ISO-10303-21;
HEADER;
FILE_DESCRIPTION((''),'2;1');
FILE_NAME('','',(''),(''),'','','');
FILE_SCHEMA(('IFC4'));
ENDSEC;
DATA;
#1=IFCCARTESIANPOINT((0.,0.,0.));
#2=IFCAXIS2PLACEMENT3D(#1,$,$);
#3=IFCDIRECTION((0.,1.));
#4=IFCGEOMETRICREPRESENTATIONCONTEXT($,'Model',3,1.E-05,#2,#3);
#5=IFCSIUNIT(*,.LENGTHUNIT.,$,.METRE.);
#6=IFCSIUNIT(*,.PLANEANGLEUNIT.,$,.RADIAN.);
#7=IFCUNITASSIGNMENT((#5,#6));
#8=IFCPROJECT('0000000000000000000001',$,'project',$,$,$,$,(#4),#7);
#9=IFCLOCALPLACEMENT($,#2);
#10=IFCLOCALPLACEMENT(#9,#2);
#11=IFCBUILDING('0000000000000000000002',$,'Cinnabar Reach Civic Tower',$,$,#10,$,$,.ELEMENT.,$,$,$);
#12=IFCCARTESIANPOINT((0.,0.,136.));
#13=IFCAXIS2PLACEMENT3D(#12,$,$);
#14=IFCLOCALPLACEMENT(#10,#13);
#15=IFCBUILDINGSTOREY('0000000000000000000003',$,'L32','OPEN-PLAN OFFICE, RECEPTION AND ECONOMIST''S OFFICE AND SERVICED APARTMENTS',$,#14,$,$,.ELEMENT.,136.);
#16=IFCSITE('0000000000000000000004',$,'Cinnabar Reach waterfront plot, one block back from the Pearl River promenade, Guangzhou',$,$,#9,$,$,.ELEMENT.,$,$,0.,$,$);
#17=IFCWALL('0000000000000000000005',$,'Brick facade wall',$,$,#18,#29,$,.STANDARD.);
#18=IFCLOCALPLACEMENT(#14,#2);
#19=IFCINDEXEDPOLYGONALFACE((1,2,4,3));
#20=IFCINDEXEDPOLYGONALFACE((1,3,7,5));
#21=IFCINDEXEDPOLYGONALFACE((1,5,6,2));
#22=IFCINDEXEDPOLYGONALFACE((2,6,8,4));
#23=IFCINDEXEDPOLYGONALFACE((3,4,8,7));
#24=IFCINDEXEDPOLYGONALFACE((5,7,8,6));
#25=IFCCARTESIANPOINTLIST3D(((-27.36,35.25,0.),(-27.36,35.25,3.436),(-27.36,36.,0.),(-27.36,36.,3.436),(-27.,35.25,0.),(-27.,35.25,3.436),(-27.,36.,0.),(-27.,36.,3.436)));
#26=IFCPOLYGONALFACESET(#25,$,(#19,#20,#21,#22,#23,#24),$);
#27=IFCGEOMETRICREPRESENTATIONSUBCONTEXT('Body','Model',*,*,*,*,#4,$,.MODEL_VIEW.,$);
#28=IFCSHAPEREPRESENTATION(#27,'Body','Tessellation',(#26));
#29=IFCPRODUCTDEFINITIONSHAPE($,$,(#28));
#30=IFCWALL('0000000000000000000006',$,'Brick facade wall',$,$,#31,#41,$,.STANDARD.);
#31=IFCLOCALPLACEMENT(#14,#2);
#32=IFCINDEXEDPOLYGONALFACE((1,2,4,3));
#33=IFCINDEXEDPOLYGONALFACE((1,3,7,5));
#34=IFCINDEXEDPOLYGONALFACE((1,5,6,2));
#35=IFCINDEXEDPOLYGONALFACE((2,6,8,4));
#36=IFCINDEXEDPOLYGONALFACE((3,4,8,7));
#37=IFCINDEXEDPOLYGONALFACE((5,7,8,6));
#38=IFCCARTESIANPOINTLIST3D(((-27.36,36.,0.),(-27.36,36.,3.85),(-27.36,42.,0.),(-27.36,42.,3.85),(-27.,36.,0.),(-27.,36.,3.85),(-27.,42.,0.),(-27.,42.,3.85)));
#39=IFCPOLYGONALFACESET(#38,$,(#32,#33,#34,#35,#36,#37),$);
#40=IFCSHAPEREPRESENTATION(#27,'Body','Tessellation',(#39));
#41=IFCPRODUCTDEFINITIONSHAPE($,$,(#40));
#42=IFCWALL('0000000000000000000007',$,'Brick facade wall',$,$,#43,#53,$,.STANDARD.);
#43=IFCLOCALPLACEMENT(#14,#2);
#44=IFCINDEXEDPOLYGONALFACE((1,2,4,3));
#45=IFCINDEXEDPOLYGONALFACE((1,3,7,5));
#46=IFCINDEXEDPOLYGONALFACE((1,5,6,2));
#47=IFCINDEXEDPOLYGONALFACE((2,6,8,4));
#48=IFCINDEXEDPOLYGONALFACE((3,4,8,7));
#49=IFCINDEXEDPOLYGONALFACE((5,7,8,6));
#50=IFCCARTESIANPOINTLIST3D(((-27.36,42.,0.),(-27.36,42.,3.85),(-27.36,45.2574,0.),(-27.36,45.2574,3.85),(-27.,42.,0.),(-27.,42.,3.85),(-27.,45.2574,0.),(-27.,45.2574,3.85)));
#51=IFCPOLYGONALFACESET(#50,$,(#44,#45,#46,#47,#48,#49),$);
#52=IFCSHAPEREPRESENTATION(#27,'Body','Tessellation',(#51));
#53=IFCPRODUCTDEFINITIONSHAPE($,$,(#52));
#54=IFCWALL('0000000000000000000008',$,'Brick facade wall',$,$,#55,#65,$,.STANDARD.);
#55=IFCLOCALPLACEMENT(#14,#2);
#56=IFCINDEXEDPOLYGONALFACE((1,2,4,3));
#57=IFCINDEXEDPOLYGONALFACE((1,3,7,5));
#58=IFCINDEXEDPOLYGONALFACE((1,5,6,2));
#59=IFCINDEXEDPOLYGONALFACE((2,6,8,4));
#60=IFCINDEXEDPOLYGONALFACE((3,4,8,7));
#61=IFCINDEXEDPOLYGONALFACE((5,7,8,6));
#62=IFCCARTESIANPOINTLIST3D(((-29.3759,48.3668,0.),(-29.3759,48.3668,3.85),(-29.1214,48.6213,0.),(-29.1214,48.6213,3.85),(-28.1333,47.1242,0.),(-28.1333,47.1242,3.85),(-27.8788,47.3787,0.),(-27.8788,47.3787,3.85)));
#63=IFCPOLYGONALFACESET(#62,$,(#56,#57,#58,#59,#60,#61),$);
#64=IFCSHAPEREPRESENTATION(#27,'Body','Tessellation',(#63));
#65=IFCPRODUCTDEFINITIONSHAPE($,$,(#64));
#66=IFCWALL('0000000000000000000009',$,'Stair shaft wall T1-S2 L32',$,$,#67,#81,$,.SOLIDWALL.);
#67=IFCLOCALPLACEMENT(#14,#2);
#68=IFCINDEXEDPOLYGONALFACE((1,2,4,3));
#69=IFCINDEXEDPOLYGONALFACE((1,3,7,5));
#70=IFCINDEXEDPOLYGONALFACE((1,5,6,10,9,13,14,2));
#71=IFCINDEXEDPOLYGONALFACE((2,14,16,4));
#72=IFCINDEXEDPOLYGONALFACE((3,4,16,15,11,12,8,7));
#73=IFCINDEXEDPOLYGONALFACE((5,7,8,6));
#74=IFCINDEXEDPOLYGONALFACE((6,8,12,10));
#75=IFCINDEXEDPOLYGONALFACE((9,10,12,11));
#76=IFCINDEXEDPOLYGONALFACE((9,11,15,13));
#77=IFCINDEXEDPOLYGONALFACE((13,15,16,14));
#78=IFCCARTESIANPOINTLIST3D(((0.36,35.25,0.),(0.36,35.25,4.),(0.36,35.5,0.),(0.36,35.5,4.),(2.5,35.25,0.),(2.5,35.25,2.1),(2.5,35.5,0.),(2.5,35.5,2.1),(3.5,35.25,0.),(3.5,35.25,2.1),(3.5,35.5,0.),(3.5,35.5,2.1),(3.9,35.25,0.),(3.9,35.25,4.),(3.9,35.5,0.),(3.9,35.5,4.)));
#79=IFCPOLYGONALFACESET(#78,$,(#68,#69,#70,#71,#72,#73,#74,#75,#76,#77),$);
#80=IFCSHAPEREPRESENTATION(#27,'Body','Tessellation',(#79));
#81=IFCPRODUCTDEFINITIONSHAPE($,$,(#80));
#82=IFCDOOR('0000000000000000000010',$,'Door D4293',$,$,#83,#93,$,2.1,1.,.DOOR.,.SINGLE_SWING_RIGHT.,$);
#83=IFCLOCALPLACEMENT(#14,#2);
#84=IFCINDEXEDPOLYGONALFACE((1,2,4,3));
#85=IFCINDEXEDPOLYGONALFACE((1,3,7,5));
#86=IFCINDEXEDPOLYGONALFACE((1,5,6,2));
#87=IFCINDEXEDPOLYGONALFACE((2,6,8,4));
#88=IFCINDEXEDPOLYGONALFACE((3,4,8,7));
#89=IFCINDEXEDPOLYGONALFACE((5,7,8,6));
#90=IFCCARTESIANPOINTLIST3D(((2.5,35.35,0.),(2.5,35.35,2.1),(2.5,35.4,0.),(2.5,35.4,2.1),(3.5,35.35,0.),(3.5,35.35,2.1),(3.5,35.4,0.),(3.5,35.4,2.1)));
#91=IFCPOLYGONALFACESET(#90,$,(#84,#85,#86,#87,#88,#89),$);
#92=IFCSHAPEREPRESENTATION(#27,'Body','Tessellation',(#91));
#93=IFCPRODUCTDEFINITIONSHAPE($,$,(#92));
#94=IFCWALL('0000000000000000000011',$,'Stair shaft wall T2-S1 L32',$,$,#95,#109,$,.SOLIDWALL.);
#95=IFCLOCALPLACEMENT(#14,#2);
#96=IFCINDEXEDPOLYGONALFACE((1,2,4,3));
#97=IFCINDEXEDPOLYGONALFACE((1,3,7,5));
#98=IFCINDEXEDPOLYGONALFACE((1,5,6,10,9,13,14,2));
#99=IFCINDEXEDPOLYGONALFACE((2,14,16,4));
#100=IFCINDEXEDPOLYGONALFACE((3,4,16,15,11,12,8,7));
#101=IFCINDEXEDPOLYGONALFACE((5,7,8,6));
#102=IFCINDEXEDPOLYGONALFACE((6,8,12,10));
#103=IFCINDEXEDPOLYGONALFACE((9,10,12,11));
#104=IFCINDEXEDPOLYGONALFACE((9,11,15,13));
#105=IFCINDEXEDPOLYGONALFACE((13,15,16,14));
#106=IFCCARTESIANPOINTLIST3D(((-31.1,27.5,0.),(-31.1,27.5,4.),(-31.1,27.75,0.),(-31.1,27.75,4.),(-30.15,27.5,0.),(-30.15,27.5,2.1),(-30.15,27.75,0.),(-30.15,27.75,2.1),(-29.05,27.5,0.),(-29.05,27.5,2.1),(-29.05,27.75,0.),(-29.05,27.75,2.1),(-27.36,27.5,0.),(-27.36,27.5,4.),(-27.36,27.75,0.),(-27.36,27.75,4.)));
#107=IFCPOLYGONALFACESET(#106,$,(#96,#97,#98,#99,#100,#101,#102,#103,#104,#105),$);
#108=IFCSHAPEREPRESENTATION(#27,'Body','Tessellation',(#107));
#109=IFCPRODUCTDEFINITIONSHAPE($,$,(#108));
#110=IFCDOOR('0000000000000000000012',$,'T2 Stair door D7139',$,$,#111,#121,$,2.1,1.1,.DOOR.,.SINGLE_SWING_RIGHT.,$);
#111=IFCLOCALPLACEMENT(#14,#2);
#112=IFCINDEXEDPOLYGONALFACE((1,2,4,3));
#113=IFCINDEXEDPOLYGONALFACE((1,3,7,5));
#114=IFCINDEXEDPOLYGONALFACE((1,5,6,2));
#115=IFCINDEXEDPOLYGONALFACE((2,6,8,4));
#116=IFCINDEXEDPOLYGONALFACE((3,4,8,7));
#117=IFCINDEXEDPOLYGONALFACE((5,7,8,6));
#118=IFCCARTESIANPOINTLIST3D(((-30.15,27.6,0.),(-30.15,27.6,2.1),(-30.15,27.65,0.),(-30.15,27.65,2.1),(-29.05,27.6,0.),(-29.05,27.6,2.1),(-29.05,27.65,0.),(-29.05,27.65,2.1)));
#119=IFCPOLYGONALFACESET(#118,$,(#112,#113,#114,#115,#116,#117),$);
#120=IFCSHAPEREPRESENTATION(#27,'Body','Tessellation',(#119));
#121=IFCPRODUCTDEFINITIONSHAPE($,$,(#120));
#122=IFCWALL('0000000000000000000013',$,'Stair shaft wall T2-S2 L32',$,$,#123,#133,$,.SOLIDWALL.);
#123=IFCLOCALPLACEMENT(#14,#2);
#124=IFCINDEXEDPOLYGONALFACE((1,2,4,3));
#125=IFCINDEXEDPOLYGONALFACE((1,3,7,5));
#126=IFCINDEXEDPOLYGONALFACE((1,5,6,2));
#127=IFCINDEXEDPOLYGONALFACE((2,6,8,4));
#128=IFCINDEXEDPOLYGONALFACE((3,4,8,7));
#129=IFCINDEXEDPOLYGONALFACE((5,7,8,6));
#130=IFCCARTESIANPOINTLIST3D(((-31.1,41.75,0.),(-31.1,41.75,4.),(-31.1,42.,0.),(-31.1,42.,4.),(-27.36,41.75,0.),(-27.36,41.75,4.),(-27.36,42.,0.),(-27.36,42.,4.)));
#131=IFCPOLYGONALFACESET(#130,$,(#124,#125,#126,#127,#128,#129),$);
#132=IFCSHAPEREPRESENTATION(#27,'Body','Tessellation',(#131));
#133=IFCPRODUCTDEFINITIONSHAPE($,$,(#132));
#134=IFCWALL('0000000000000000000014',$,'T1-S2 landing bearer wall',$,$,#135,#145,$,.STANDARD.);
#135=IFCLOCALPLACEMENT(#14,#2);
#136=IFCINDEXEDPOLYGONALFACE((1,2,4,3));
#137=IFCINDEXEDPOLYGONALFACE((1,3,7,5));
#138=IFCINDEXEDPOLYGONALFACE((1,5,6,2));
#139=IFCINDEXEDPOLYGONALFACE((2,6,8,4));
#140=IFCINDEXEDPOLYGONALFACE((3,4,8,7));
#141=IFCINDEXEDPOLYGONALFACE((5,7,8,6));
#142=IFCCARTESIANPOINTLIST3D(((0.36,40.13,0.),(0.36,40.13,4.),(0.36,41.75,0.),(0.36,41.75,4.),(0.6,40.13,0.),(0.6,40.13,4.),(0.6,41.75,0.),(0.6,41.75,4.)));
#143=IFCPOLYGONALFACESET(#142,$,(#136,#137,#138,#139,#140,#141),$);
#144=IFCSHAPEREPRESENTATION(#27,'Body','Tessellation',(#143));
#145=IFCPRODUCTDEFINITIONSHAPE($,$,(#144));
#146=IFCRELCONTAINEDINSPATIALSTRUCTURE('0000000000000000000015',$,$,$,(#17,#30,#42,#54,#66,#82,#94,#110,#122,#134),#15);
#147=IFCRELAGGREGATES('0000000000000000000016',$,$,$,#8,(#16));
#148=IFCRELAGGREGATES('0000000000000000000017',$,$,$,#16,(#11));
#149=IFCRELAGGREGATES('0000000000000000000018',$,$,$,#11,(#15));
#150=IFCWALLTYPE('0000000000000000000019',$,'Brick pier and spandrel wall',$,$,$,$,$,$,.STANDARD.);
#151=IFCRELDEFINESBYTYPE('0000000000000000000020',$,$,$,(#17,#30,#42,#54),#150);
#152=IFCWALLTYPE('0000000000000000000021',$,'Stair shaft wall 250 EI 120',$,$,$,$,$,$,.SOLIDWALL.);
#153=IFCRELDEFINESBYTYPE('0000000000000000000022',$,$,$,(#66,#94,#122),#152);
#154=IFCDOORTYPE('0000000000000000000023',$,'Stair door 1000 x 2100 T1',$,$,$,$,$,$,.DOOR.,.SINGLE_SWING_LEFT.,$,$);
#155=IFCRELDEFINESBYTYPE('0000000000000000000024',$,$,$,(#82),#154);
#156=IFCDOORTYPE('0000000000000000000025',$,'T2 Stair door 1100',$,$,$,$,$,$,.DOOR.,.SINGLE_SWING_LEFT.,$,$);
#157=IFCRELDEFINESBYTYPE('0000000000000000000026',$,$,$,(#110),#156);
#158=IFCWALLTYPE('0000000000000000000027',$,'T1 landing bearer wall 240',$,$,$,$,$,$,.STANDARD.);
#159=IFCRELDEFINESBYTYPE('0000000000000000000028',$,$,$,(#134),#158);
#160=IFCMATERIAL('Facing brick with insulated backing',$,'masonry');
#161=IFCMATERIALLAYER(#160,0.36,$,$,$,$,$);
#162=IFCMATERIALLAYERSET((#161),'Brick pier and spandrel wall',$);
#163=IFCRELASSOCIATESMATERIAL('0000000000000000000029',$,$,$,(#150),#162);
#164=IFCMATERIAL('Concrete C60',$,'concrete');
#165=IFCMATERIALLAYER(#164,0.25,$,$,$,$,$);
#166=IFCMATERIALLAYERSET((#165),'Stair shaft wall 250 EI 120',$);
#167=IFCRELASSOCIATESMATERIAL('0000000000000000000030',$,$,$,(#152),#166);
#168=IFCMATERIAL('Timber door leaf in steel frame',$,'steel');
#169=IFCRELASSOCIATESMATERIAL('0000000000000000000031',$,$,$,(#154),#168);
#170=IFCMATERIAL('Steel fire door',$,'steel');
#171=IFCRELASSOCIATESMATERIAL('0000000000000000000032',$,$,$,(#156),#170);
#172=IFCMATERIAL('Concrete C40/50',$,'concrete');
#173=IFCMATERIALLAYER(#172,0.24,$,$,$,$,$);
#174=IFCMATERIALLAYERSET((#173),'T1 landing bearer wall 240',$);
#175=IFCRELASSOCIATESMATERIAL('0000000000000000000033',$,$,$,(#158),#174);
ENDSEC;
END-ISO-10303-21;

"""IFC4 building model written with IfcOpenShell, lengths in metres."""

from ifc_helpers import new_model, si_unit, direction, frame, frame_2d, origin, place, context, subcontext, project, spatial, rectangle, extrude, material, layer, layer_set, type_object, element, fill, save


model = new_model("IFC4")

# Units and contexts
model_context = context("Model", 3, precision=1e-05, world=origin(), true_north=direction((0.0, 1.0)))
body_context = subcontext(model_context, "Body", "Model", "MODEL_VIEW")
ifc_project = project(units=[si_unit("LENGTHUNIT", "METRE"), si_unit("PLANEANGLEUNIT", "RADIAN")], contexts=[model_context])

# Site, building, storey
site_placement = place(None, origin())
site = spatial("IfcSite", under=ifc_project, at=site_placement, Name="Cinnabar Reach waterfront plot, one block back from the Pearl River promenade, Guangzhou", CompositionType="ELEMENT", RefElevation=0.0)
building_placement = place(site_placement, origin())
building = spatial("IfcBuilding", under=site, at=building_placement, Name="Cinnabar Reach Civic Tower", CompositionType="ELEMENT")
storey_placement = place(building_placement, frame((0.0, 0.0, 136.0)))
storey = spatial("IfcBuildingStorey", under=building, at=storey_placement, Name="L32", Description="OPEN-PLAN OFFICE, RECEPTION AND ECONOMIST'S OFFICE AND SERVICED APARTMENTS", CompositionType="ELEMENT", Elevation=136.0)

# Shared definitions
ifc_material_1 = material(Name="Concrete C60", Category="concrete")

# Shared definitions
ifc_material_2 = material(Name="Facing brick with insulated backing", Category="masonry")
ifc_layer_1 = layer(ifc_material_2, 0.36)
ifc_layer_set_1 = layer_set([ifc_layer_1], Name="Brick pier and spandrel wall")
wall_type_1 = type_object("IfcWallType", Name="Brick pier and spandrel wall", PredefinedType="STANDARD", material=ifc_layer_set_1)

# Walls
wall_1_placement = place(storey_placement, frame((-27.18, 35.25, 0.0), z_axis=(0.0, 0.0, 1.0), x_axis=(0.0, 1.0, 0.0)))
element("IfcWall", 1, at=wall_1_placement, inside=storey, type_object=wall_type_1, Name="Brick facade wall", PredefinedType="STANDARD", context=body_context, shape_type="SweptSolid", body=[
    extrude(rectangle(XDim=0.75, YDim=0.36, at=frame_2d((0.375, 0.0))), origin(), (0.0, 0.0, 1.0), 3.436),
])
wall_2_placement = place(storey_placement, frame((-27.18, 36.0, 0.0), z_axis=(0.0, 0.0, 1.0), x_axis=(0.0, 1.0, 0.0)))
element("IfcWall", 2, at=wall_2_placement, inside=storey, type_object=wall_type_1, Name="Brick facade wall", PredefinedType="STANDARD", context=body_context, shape_type="SweptSolid", body=[
    extrude(rectangle(XDim=6.0, YDim=0.36, at=frame_2d((3.0, 0.0))), origin(), (0.0, 0.0, 1.0), 3.85),
])
wall_3_placement = place(storey_placement, frame((-27.18, 42.0, 0.0), z_axis=(0.0, 0.0, 1.0), x_axis=(0.0, 1.0, 0.0)))
element("IfcWall", 3, at=wall_3_placement, inside=storey, type_object=wall_type_1, Name="Brick facade wall", PredefinedType="STANDARD", context=body_context, shape_type="SweptSolid", body=[
    extrude(rectangle(XDim=3.2574, YDim=0.36, at=frame_2d((1.6287, 0.0))), origin(), (0.0, 0.0, 1.0), 3.85),
])
wall_4_placement = place(storey_placement, frame((-28.006, 47.2514, 0.0), z_axis=(0.0, 0.0, 1.0), x_axis=(-0.707107, 0.707107, 0.0)))
element("IfcWall", 4, at=wall_4_placement, inside=storey, type_object=wall_type_1, Name="Brick facade wall", PredefinedType="STANDARD", context=body_context, shape_type="SweptSolid", body=[
    extrude(rectangle(XDim=1.7573, YDim=0.36, at=frame_2d((0.8787, 0.0))), origin(), (0.0, 0.0, 1.0), 3.85),
])

# Walls, openings, doors
ifc_layer_2 = layer(ifc_material_1, 0.25)
ifc_layer_set_2 = layer_set([ifc_layer_2], Name="Stair shaft wall 250 EI 120")
wall_type_2 = type_object("IfcWallType", Name="Stair shaft wall 250 EI 120", PredefinedType="SOLIDWALL", material=ifc_layer_set_2)
wall_5_placement = place(storey_placement, frame((0.36, 35.375, 0.0), z_axis=(0.0, 0.0, 1.0), x_axis=(1.0, 0.0, 0.0)))
wall_5 = element("IfcWall", 5, at=wall_5_placement, inside=storey, type_object=wall_type_2, Name="Stair shaft wall T1-S2 L32", PredefinedType="SOLIDWALL", context=body_context, shape_type="SweptSolid", body=[
    extrude(rectangle(XDim=3.54, YDim=0.25, at=frame_2d((1.77, 0.0))), origin(), (0.0, 0.0, 1.0), 4.0),
])
opening_1_placement = place(wall_5_placement, frame((2.14, 0.0, 0.0)))
opening_1 = element("IfcOpeningElement", 6, at=opening_1_placement, cuts=wall_5, PredefinedType="OPENING", context=body_context, shape_type="SweptSolid", body=[
    extrude(rectangle(XDim=1.0, YDim=2.1, at=frame_2d((0.5, 1.05))), frame((0.0, 0.135, 0.0), z_axis=(0.0, -1.0, 0.0), x_axis=(1.0, 0.0, 0.0)), (0.0, 0.0, 1.0), 0.27),
])
ifc_material_3 = material(Name="Timber door leaf in steel frame", Category="steel")
door_type_1 = type_object("IfcDoorType", Name="Stair door 1000 x 2100 T1", OperationType="SINGLE_SWING_LEFT", PredefinedType="DOOR", material=ifc_material_3)
door_1_placement = place(opening_1_placement, origin())
door_1 = element("IfcDoor", 7, at=door_1_placement, inside=storey, type_object=door_type_1, Name="Door D4293", OperationType="SINGLE_SWING_RIGHT", OverallHeight=2.1, OverallWidth=1.0, PredefinedType="DOOR", context=body_context, shape_type="SweptSolid", body=[
    extrude(rectangle(XDim=1.0, YDim=2.1, at=frame_2d((0.5, 1.05))), frame((0.0, 0.025, 0.0), z_axis=(0.0, -1.0, 0.0), x_axis=(1.0, 0.0, 0.0)), (0.0, 0.0, 1.0), 0.05),
])
fill(opening_1, door_1)
wall_6_placement = place(storey_placement, frame((-27.36, 27.625, 0.0), z_axis=(0.0, 0.0, 1.0), x_axis=(-1.0, 0.0, 0.0)))
wall_6 = element("IfcWall", 8, at=wall_6_placement, inside=storey, type_object=wall_type_2, Name="Stair shaft wall T2-S1 L32", PredefinedType="SOLIDWALL", context=body_context, shape_type="SweptSolid", body=[
    extrude(rectangle(XDim=3.74, YDim=0.25, at=frame_2d((1.87, 0.0))), origin(), (0.0, 0.0, 1.0), 4.0),
])
opening_2_placement = place(wall_6_placement, frame((1.69, 0.0, 0.0)))
opening_2 = element("IfcOpeningElement", 9, at=opening_2_placement, cuts=wall_6, PredefinedType="OPENING", context=body_context, shape_type="SweptSolid", body=[
    extrude(rectangle(XDim=1.1, YDim=2.1, at=frame_2d((0.55, 1.05))), frame((0.0, 0.135, 0.0), z_axis=(0.0, -1.0, 0.0), x_axis=(1.0, 0.0, 0.0)), (0.0, 0.0, 1.0), 0.27),
])
ifc_material_4 = material(Name="Steel fire door", Category="steel")
door_type_2 = type_object("IfcDoorType", Name="T2 Stair door 1100", OperationType="SINGLE_SWING_LEFT", PredefinedType="DOOR", material=ifc_material_4)
door_2_placement = place(opening_2_placement, origin())
door_2 = element("IfcDoor", 10, at=door_2_placement, inside=storey, type_object=door_type_2, Name="T2 Stair door D7139", OperationType="SINGLE_SWING_RIGHT", OverallHeight=2.1, OverallWidth=1.1, PredefinedType="DOOR", context=body_context, shape_type="SweptSolid", body=[
    extrude(rectangle(XDim=1.1, YDim=2.1, at=frame_2d((0.55, 1.05))), frame((0.0, 0.025, 0.0), z_axis=(0.0, -1.0, 0.0), x_axis=(1.0, 0.0, 0.0)), (0.0, 0.0, 1.0), 0.05),
])
fill(opening_2, door_2)

# Walls
wall_7_placement = place(storey_placement, frame((-27.36, 41.875, 0.0), z_axis=(0.0, 0.0, 1.0), x_axis=(-1.0, 0.0, 0.0)))
element("IfcWall", 11, at=wall_7_placement, inside=storey, type_object=wall_type_2, Name="Stair shaft wall T2-S2 L32", PredefinedType="SOLIDWALL", context=body_context, shape_type="SweptSolid", body=[
    extrude(rectangle(XDim=3.74, YDim=0.25, at=frame_2d((1.87, 0.0))), origin(), (0.0, 0.0, 1.0), 4.0),
])
ifc_material_5 = material(Name="Concrete C40/50", Category="concrete")
ifc_layer_3 = layer(ifc_material_5, 0.24)
ifc_layer_set_3 = layer_set([ifc_layer_3], Name="T1 landing bearer wall 240")
wall_type_3 = type_object("IfcWallType", Name="T1 landing bearer wall 240", PredefinedType="STANDARD", material=ifc_layer_set_3)
wall_8_placement = place(storey_placement, frame((0.48, 40.13, 0.0), z_axis=(0.0, 0.0, 1.0), x_axis=(0.0, 1.0, 0.0)))
element("IfcWall", 12, at=wall_8_placement, inside=storey, type_object=wall_type_3, Name="T1-S2 landing bearer wall", PredefinedType="STANDARD", context=body_context, shape_type="SweptSolid", body=[
    extrude(rectangle(XDim=1.62, YDim=0.24, at=frame_2d((0.81, 0.0))), origin(), (0.0, 0.0, 1.0), 4.0),
])

save(model, "model.ifc")
